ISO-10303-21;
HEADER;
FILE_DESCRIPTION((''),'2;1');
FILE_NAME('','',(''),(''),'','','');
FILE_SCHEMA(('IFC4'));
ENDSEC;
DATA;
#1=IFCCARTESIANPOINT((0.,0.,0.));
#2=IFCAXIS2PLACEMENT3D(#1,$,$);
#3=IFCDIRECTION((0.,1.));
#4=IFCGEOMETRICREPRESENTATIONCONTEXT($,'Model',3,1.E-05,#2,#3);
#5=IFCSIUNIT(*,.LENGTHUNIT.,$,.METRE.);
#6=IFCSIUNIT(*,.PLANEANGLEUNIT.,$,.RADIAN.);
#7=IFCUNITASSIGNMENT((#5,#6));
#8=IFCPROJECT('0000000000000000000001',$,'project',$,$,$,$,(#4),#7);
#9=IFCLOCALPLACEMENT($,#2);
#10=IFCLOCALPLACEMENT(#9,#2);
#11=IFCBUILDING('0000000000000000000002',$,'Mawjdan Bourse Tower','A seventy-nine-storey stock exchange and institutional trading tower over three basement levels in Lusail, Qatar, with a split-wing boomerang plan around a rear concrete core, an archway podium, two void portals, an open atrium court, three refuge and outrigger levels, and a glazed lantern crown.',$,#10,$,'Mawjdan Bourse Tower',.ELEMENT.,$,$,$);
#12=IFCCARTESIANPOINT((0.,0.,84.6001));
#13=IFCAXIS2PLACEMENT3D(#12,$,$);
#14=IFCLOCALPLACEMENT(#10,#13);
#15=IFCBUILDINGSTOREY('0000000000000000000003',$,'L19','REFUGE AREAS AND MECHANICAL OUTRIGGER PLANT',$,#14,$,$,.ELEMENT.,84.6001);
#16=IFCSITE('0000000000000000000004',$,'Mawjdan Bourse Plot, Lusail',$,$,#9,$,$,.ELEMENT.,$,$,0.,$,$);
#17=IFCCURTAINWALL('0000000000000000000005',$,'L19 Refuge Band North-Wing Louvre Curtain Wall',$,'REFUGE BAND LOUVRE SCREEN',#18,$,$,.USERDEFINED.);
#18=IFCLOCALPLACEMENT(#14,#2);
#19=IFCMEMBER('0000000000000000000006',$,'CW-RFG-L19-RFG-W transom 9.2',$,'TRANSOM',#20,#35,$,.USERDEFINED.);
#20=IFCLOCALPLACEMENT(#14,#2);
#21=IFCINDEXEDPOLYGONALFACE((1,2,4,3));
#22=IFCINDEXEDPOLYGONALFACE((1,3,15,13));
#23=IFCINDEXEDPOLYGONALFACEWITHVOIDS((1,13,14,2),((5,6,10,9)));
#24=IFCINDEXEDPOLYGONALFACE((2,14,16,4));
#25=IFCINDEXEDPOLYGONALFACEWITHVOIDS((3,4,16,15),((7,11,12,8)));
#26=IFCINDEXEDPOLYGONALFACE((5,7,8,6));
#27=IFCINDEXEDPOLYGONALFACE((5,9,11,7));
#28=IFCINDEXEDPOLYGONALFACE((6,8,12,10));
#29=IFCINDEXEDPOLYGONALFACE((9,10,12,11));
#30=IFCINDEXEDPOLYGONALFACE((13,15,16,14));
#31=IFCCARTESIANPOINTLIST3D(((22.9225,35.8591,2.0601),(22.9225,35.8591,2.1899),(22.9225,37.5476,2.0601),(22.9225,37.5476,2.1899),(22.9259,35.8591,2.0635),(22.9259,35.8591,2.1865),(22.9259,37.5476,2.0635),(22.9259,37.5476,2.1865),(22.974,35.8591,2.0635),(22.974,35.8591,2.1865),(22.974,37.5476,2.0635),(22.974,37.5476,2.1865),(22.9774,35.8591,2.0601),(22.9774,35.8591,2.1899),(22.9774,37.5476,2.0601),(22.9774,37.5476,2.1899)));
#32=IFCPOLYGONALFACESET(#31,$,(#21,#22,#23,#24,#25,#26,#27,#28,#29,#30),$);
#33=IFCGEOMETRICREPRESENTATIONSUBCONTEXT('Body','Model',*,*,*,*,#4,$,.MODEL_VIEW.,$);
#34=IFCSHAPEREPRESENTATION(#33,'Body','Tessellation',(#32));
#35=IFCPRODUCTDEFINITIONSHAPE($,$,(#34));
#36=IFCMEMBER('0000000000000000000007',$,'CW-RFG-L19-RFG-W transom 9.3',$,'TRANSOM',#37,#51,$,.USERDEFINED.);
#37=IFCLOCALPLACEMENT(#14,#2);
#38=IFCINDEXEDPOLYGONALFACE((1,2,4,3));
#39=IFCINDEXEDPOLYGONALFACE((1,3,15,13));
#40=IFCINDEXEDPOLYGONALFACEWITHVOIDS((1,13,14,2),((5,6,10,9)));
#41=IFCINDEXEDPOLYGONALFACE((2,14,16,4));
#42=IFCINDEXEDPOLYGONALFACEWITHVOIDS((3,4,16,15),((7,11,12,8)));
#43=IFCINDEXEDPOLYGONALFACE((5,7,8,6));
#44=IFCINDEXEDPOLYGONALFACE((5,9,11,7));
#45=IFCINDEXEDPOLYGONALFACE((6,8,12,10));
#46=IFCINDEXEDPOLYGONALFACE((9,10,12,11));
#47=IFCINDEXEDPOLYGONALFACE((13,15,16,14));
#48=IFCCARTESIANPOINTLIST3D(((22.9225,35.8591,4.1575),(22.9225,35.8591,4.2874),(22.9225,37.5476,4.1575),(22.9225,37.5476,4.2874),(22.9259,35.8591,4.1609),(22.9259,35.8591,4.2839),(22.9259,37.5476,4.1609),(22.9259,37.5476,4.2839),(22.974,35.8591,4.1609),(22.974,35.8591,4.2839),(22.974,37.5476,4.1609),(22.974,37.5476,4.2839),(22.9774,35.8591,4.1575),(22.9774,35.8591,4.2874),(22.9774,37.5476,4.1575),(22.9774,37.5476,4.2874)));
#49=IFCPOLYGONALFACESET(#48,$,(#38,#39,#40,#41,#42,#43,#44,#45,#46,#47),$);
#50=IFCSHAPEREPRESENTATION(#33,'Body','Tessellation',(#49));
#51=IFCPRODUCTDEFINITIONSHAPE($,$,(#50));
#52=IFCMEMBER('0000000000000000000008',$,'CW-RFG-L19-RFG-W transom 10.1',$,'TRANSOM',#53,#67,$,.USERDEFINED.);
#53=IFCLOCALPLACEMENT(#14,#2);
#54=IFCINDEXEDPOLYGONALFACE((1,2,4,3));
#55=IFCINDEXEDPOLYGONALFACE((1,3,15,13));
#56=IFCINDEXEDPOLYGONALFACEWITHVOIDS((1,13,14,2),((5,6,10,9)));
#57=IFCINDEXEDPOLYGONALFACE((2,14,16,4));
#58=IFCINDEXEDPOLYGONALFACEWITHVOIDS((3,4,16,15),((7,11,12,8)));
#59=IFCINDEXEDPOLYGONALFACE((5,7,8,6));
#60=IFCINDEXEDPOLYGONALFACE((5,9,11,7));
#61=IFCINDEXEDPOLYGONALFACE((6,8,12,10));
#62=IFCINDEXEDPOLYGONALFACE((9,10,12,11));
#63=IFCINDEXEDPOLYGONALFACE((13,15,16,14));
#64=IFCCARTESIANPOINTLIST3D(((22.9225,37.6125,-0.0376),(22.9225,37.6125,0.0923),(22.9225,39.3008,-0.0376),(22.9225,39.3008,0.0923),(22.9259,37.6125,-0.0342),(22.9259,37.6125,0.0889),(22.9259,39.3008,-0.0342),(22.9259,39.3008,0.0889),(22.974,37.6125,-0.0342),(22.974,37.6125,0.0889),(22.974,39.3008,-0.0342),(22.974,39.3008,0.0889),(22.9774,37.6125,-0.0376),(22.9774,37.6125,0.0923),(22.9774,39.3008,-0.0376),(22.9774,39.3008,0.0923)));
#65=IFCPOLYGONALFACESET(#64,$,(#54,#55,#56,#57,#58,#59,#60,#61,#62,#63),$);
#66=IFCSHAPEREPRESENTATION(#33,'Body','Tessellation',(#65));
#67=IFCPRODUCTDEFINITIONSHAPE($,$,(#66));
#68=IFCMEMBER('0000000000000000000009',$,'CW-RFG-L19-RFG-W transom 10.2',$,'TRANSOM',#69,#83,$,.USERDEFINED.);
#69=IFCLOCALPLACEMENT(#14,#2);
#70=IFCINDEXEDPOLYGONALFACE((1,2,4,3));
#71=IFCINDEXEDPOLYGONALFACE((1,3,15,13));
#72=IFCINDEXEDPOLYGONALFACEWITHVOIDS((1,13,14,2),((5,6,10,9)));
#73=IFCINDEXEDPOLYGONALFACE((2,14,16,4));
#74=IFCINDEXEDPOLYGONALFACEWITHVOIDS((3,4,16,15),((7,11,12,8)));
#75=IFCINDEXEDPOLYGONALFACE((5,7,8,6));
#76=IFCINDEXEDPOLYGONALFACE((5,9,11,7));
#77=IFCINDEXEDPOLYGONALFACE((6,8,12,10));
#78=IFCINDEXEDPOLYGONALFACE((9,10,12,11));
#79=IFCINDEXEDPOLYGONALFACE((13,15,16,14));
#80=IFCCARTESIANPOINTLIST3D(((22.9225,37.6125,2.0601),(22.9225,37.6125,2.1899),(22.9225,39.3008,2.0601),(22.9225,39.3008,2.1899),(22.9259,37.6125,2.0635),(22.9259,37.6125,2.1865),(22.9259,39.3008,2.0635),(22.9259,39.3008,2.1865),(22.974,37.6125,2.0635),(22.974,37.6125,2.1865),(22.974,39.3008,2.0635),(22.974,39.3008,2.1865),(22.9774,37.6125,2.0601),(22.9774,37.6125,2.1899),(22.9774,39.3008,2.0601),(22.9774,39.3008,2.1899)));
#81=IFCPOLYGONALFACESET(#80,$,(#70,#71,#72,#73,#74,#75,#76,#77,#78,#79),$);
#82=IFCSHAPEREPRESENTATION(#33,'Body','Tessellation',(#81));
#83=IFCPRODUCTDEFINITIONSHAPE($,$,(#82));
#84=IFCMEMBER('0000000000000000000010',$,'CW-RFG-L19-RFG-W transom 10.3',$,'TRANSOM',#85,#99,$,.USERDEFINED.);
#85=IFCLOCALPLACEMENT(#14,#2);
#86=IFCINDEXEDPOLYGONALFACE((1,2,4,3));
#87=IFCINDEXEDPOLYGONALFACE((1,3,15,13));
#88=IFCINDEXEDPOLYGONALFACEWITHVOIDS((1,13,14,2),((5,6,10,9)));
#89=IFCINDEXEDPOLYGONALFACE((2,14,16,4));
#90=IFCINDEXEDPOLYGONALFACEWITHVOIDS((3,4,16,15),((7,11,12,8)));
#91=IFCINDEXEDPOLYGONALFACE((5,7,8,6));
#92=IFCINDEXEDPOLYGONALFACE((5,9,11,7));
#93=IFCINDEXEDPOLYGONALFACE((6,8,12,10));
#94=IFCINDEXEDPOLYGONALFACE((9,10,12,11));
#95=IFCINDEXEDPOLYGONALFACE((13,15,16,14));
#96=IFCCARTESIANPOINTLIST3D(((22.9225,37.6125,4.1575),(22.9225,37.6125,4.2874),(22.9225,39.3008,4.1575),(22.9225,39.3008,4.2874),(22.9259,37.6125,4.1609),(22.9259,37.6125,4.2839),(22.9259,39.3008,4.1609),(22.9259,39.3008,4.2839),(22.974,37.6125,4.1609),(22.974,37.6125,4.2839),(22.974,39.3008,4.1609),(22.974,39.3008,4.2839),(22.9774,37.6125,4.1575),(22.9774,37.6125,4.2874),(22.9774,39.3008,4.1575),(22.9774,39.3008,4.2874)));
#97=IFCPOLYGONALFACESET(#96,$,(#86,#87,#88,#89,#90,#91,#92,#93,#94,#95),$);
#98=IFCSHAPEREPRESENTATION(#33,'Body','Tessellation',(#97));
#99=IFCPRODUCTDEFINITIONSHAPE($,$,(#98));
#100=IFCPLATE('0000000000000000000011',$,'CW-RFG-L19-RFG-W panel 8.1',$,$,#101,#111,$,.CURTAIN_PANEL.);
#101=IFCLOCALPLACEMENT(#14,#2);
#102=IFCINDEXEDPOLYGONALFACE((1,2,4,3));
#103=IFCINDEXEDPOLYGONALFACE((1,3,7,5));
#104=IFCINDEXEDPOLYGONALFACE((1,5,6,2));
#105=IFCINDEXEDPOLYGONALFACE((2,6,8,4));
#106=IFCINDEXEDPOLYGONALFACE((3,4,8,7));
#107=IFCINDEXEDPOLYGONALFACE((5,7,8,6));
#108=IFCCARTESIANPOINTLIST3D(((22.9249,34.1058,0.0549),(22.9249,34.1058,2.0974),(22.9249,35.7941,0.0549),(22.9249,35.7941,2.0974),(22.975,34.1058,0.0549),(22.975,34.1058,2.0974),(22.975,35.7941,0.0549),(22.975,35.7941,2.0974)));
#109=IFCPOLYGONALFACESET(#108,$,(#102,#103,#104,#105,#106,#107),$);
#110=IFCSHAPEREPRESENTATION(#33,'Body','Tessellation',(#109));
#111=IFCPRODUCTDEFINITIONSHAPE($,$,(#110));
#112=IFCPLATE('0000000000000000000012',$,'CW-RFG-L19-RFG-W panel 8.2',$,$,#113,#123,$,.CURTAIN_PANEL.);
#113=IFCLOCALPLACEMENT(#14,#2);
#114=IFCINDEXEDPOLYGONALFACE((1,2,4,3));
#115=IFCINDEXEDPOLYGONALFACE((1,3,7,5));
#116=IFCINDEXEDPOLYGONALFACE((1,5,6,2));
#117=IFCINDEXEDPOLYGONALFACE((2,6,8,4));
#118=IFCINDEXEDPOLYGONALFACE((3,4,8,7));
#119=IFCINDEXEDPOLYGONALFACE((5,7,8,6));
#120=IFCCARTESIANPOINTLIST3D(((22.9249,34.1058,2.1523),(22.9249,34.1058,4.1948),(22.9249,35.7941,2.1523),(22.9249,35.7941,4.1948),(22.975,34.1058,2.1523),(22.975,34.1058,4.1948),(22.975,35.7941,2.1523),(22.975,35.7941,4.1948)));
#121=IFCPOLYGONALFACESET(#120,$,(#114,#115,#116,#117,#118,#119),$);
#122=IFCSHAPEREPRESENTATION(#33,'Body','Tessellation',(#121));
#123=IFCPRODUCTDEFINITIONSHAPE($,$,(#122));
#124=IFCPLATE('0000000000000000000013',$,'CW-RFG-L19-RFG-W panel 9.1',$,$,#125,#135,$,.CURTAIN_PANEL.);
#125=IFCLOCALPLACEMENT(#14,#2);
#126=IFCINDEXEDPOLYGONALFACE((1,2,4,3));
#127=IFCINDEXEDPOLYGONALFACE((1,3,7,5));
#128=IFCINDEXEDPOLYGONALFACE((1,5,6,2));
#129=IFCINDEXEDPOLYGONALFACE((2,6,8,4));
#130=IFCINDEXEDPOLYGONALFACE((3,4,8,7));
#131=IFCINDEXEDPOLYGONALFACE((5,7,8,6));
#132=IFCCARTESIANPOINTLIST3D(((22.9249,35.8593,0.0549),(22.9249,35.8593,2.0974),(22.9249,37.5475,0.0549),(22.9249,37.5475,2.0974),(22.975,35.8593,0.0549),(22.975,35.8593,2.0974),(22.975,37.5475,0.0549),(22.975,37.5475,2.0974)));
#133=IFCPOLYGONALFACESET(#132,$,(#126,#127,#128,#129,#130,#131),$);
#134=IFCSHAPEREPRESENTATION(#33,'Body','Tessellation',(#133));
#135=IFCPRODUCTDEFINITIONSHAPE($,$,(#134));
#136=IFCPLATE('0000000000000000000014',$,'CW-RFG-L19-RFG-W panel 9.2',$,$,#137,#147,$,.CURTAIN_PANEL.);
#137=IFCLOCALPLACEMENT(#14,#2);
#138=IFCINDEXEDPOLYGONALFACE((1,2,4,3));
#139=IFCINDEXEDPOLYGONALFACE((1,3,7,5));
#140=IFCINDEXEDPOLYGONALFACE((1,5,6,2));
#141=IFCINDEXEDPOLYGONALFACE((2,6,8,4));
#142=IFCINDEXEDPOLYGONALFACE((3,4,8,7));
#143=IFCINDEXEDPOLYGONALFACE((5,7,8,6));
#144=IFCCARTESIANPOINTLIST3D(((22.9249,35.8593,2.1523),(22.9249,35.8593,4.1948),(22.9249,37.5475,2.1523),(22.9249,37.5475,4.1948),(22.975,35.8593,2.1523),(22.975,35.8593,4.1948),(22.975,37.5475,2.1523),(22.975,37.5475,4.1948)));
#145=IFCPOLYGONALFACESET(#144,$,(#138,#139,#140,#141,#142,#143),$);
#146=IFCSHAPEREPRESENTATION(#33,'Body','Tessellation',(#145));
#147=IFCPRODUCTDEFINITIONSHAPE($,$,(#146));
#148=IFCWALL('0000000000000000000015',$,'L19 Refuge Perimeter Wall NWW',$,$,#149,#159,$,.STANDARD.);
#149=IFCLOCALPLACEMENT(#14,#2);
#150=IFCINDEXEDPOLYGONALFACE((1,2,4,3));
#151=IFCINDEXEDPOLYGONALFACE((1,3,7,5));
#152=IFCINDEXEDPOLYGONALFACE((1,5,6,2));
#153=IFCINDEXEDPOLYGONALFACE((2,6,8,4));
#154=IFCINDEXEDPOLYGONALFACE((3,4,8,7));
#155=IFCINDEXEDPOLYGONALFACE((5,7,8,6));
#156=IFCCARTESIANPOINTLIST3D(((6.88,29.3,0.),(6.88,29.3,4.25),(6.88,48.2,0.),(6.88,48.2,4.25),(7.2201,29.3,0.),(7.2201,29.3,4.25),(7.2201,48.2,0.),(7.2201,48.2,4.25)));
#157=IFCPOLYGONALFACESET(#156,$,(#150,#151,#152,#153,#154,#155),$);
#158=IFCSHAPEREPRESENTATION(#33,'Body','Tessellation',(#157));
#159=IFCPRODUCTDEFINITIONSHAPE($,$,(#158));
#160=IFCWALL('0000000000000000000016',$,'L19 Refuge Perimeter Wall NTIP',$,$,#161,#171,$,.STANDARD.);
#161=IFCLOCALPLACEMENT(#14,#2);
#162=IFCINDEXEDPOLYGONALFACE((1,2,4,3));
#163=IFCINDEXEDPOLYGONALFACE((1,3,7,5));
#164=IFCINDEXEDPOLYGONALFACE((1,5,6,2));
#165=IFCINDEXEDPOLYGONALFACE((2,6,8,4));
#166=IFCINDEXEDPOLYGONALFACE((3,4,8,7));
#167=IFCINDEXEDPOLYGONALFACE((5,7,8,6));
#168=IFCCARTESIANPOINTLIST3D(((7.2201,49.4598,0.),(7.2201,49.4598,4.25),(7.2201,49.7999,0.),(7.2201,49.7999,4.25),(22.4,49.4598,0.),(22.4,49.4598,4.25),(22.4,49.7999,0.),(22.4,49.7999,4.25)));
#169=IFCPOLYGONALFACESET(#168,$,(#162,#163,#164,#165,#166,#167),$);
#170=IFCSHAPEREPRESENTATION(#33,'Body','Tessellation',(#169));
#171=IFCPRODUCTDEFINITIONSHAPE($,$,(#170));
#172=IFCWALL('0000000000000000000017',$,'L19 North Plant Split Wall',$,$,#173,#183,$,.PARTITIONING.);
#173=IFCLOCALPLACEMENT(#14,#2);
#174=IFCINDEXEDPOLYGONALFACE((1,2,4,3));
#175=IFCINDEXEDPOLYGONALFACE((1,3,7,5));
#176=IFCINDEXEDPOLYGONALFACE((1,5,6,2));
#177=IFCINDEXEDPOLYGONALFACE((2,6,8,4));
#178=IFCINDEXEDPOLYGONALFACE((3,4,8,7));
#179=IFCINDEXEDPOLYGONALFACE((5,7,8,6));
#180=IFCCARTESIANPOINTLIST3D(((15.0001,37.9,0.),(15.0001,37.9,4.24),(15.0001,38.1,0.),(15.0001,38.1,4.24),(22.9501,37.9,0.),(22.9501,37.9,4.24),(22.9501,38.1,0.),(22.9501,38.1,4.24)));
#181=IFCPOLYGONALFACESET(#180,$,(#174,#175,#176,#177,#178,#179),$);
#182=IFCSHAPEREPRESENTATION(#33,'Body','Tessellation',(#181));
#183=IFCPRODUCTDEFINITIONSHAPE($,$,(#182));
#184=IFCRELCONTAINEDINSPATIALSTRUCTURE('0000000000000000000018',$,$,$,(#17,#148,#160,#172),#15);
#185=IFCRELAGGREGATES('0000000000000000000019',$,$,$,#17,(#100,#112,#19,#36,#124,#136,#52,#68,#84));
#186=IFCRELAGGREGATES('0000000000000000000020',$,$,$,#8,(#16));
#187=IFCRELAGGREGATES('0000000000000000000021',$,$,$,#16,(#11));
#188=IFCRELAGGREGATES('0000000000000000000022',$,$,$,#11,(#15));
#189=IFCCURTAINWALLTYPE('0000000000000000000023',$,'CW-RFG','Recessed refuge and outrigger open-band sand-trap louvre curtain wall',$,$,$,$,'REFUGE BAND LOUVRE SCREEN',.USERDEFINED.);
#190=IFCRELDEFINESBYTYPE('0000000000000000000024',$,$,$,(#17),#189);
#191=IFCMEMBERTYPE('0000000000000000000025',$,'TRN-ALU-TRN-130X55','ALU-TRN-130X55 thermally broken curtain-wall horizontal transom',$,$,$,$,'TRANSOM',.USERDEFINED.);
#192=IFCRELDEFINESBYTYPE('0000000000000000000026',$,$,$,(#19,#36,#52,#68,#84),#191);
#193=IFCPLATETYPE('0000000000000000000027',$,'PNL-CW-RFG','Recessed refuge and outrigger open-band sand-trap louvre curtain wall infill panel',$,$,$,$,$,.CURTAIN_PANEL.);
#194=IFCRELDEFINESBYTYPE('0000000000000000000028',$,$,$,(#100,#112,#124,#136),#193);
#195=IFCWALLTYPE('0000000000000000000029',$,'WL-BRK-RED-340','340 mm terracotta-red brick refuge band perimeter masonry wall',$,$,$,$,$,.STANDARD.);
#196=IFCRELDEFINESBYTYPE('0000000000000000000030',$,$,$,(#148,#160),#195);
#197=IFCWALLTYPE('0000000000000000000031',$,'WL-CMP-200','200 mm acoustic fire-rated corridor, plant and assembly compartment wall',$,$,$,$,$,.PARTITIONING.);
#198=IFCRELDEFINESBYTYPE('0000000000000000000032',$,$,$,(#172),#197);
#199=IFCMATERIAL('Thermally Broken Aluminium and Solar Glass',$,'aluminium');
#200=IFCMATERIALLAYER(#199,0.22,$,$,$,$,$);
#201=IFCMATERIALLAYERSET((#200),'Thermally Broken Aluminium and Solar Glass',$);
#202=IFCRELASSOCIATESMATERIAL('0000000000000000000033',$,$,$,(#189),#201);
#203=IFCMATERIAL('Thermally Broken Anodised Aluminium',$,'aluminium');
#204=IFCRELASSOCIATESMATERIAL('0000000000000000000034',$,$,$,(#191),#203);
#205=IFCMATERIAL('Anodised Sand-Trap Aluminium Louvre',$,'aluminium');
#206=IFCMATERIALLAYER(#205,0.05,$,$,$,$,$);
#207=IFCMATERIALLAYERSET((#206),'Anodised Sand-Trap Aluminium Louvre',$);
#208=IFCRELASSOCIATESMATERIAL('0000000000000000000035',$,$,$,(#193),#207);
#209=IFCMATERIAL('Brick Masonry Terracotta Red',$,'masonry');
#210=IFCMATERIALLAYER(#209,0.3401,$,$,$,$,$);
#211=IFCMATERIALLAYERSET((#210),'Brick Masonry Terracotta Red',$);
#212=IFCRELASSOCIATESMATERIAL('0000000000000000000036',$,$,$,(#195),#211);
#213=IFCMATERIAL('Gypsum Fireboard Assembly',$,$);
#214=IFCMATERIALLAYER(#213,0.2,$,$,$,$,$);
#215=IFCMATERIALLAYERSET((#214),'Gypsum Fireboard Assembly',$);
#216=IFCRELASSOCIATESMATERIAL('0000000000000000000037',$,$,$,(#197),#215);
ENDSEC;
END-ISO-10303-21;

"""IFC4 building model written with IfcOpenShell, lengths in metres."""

from ifc_helpers import new_model, si_unit, direction, frame, frame_2d, origin, origin_2d, place, context, subcontext, project, spatial, rectangle, hollow_rectangle, extrude, material, layer, layer_set, material_profile, profile_set, type_object, element, aggregate, save


model = new_model("IFC4")

# Units and contexts
model_context = context("Model", 3, precision=1e-05, world=origin(), true_north=direction((0.0, 1.0)))
body_context = subcontext(model_context, "Body", "Model", "MODEL_VIEW")
ifc_project = project(units=[si_unit("LENGTHUNIT", "METRE"), si_unit("PLANEANGLEUNIT", "RADIAN")], contexts=[model_context])

# Site, building, storey
site_placement = place(None, origin())
site = spatial("IfcSite", under=ifc_project, at=site_placement, Name="Mawjdan Bourse Plot, Lusail", CompositionType="ELEMENT", RefElevation=0.0)
building_placement = place(site_placement, origin())
building = spatial("IfcBuilding", under=site, at=building_placement, Name="Mawjdan Bourse Tower", Description="A seventy-nine-storey stock exchange and institutional trading tower over three basement levels in Lusail, Qatar, with a split-wing boomerang plan around a rear concrete core, an archway podium, two void portals, an open atrium court, three refuge and outrigger levels, and a glazed lantern crown.", LongName="Mawjdan Bourse Tower", CompositionType="ELEMENT")
storey_placement = place(building_placement, frame((0.0, 0.0, 84.6001)))
storey = spatial("IfcBuildingStorey", under=building, at=storey_placement, Name="L19", Description="REFUGE AREAS AND MECHANICAL OUTRIGGER PLANT", CompositionType="ELEMENT", Elevation=84.6001)

# Curtain wall
ifc_material_1 = material(Name="Thermally Broken Aluminium and Solar Glass", Category="aluminium")
ifc_layer_1 = layer(ifc_material_1, 0.22)
ifc_layer_set_1 = layer_set([ifc_layer_1], Name="Thermally Broken Aluminium and Solar Glass")
curtain_wall_type = type_object("IfcCurtainWallType", Name="CW-RFG", Description="Recessed refuge and outrigger open-band sand-trap louvre curtain wall", ElementType="REFUGE BAND LOUVRE SCREEN", PredefinedType="USERDEFINED", material=ifc_layer_set_1)
curtain_wall_placement = place(storey_placement, origin())
curtain_wall = element("IfcCurtainWall", 1, at=curtain_wall_placement, inside=storey, type_object=curtain_wall_type, Name="L19 Refuge Band North-Wing Louvre Curtain Wall", ObjectType="REFUGE BAND LOUVRE SCREEN", PredefinedType="USERDEFINED")
ifc_material_2 = material(Name="Thermally Broken Anodised Aluminium", Category="aluminium")

# Members
ifc_material_profile_1 = material_profile(ifc_material_2, hollow_rectangle(XDim=0.0549, YDim=0.1299, WallThickness=0.0034, at=origin_2d()), Name="ALU-TRN-130X55")
ifc_profile_set_1 = profile_set([ifc_material_profile_1], Name="Thermally Broken Anodised Aluminium")
member_type_1 = type_object("IfcMemberType", Name="TRN-ALU-TRN-130X55", Description="ALU-TRN-130X55 thermally broken curtain-wall horizontal transom", ElementType="TRANSOM", PredefinedType="USERDEFINED", material=ifc_profile_set_1)
member_1_placement = place(storey_placement, frame((22.95, 35.8591, 2.125), z_axis=(0.0, 1.0, 0.0), x_axis=(-1.0, 0.0, 0.0)))
member_1 = element("IfcMember", 2, at=member_1_placement, type_object=member_type_1, Name="CW-RFG-L19-RFG-W transom 9.2", ObjectType="TRANSOM", PredefinedType="USERDEFINED", context=body_context, shape_type="SweptSolid", body=[
    extrude(hollow_rectangle(XDim=0.0549, YDim=0.1299, WallThickness=0.0034, at=origin_2d()), origin(), (0.0, 0.0, 1.0), 1.6885),
])
member_2_placement = place(storey_placement, frame((22.95, 35.8591, 4.2224), z_axis=(0.0, 1.0, 0.0), x_axis=(-1.0, 0.0, 0.0)))
member_2 = element("IfcMember", 3, at=member_2_placement, type_object=member_type_1, Name="CW-RFG-L19-RFG-W transom 9.3", ObjectType="TRANSOM", PredefinedType="USERDEFINED", context=body_context, shape_type="SweptSolid", body=[
    extrude(hollow_rectangle(XDim=0.0549, YDim=0.1299, WallThickness=0.0034, at=origin_2d()), origin(), (0.0, 0.0, 1.0), 1.6885),
])
member_3_placement = place(storey_placement, frame((22.95, 37.6125, 0.0273), z_axis=(0.0, 1.0, 0.0), x_axis=(-1.0, 0.0, 0.0)))
member_3 = element("IfcMember", 4, at=member_3_placement, type_object=member_type_1, Name="CW-RFG-L19-RFG-W transom 10.1", ObjectType="TRANSOM", PredefinedType="USERDEFINED", context=body_context, shape_type="SweptSolid", body=[
    extrude(hollow_rectangle(XDim=0.0549, YDim=0.1299, WallThickness=0.0034, at=origin_2d()), origin(), (0.0, 0.0, 1.0), 1.6882),
])
member_4_placement = place(storey_placement, frame((22.95, 37.6125, 2.125), z_axis=(0.0, 1.0, 0.0), x_axis=(-1.0, 0.0, 0.0)))
member_4 = element("IfcMember", 5, at=member_4_placement, type_object=member_type_1, Name="CW-RFG-L19-RFG-W transom 10.2", ObjectType="TRANSOM", PredefinedType="USERDEFINED", context=body_context, shape_type="SweptSolid", body=[
    extrude(hollow_rectangle(XDim=0.0549, YDim=0.1299, WallThickness=0.0034, at=origin_2d()), origin(), (0.0, 0.0, 1.0), 1.6882),
])
member_5_placement = place(storey_placement, frame((22.95, 37.6125, 4.2224), z_axis=(0.0, 1.0, 0.0), x_axis=(-1.0, 0.0, 0.0)))
member_5 = element("IfcMember", 6, at=member_5_placement, type_object=member_type_1, Name="CW-RFG-L19-RFG-W transom 10.3", ObjectType="TRANSOM", PredefinedType="USERDEFINED", context=body_context, shape_type="SweptSolid", body=[
    extrude(hollow_rectangle(XDim=0.0549, YDim=0.1299, WallThickness=0.0034, at=origin_2d()), origin(), (0.0, 0.0, 1.0), 1.6882),
])

# Plates
ifc_material_3 = material(Name="Anodised Sand-Trap Aluminium Louvre", Category="aluminium")
ifc_layer_2 = layer(ifc_material_3, 0.05)
ifc_layer_set_2 = layer_set([ifc_layer_2], Name="Anodised Sand-Trap Aluminium Louvre")
plate_type = type_object("IfcPlateType", Name="PNL-CW-RFG", Description="Recessed refuge and outrigger open-band sand-trap louvre curtain wall infill panel", PredefinedType="CURTAIN_PANEL", material=ifc_layer_set_2)
plate_1_placement = place(storey_placement, frame((22.95, 34.95, 0.0549), z_axis=(0.0, 0.0, 1.0), x_axis=(0.0, 1.0, 0.0)))
plate_1 = element("IfcPlate", 7, at=plate_1_placement, type_object=plate_type, Name="CW-RFG-L19-RFG-W panel 8.1", PredefinedType="CURTAIN_PANEL", context=body_context, shape_type="SweptSolid", body=[
    extrude(rectangle(XDim=1.6882, YDim=0.05, at=origin_2d()), origin(), (0.0, 0.0, 1.0), 2.0425),
])
plate_2_placement = place(storey_placement, frame((22.95, 34.95, 2.1523), z_axis=(0.0, 0.0, 1.0), x_axis=(0.0, 1.0, 0.0)))
plate_2 = element("IfcPlate", 8, at=plate_2_placement, type_object=plate_type, Name="CW-RFG-L19-RFG-W panel 8.2", PredefinedType="CURTAIN_PANEL", context=body_context, shape_type="SweptSolid", body=[
    extrude(rectangle(XDim=1.6882, YDim=0.05, at=origin_2d()), origin(), (0.0, 0.0, 1.0), 2.0425),
])
plate_3_placement = place(storey_placement, frame((22.95, 36.7034, 0.0549), z_axis=(0.0, 0.0, 1.0), x_axis=(0.0, 1.0, 0.0)))
plate_3 = element("IfcPlate", 9, at=plate_3_placement, type_object=plate_type, Name="CW-RFG-L19-RFG-W panel 9.1", PredefinedType="CURTAIN_PANEL", context=body_context, shape_type="SweptSolid", body=[
    extrude(rectangle(XDim=1.6882, YDim=0.05, at=origin_2d()), origin(), (0.0, 0.0, 1.0), 2.0425),
])
plate_4_placement = place(storey_placement, frame((22.95, 36.7034, 2.1523), z_axis=(0.0, 0.0, 1.0), x_axis=(0.0, 1.0, 0.0)))
plate_4 = element("IfcPlate", 10, at=plate_4_placement, type_object=plate_type, Name="CW-RFG-L19-RFG-W panel 9.2", PredefinedType="CURTAIN_PANEL", context=body_context, shape_type="SweptSolid", body=[
    extrude(rectangle(XDim=1.6882, YDim=0.05, at=origin_2d()), origin(), (0.0, 0.0, 1.0), 2.0425),
])
aggregate(curtain_wall, [plate_1, plate_2, member_1, member_2, plate_3, plate_4, member_3, member_4, member_5])

# Walls
ifc_material_4 = material(Name="Brick Masonry Terracotta Red", Category="masonry")
ifc_layer_3 = layer(ifc_material_4, 0.3401)
ifc_layer_set_3 = layer_set([ifc_layer_3], Name="Brick Masonry Terracotta Red")
wall_type_1 = type_object("IfcWallType", Name="WL-BRK-RED-340", Description="340 mm terracotta-red brick refuge band perimeter masonry wall", PredefinedType="STANDARD", material=ifc_layer_set_3)
wall_1_placement = place(storey_placement, frame((7.05, 48.2, 0.0), z_axis=(0.0, 0.0, 1.0), x_axis=(0.0, -1.0, 0.0)))
element("IfcWall", 11, at=wall_1_placement, inside=storey, type_object=wall_type_1, Name="L19 Refuge Perimeter Wall NWW", PredefinedType="STANDARD", context=body_context, shape_type="SweptSolid", body=[
    extrude(rectangle(XDim=18.8999, YDim=0.3401, at=frame_2d((9.45, 0.0))), origin(), (0.0, 0.0, 1.0), 4.25),
])
wall_2_placement = place(storey_placement, frame((22.3999, 49.6299, 0.0), z_axis=(0.0, 0.0, 1.0), x_axis=(-1.0, 0.0, 0.0)))
element("IfcWall", 12, at=wall_2_placement, inside=storey, type_object=wall_type_1, Name="L19 Refuge Perimeter Wall NTIP", PredefinedType="STANDARD", context=body_context, shape_type="SweptSolid", body=[
    extrude(rectangle(XDim=15.1799, YDim=0.3401, at=frame_2d((7.5898, 0.0))), origin(), (0.0, 0.0, 1.0), 4.25),
])
ifc_material_5 = material(Name="Gypsum Fireboard Assembly")
ifc_layer_4 = layer(ifc_material_5, 0.2)
ifc_layer_set_4 = layer_set([ifc_layer_4], Name="Gypsum Fireboard Assembly")
wall_type_2 = type_object("IfcWallType", Name="WL-CMP-200", Description="200 mm acoustic fire-rated corridor, plant and assembly compartment wall", PredefinedType="PARTITIONING", material=ifc_layer_set_4)
wall_3_placement = place(storey_placement, frame((15.0, 38.0, 0.0), z_axis=(0.0, 0.0, 1.0), x_axis=(1.0, 0.0, 0.0)))
element("IfcWall", 13, at=wall_3_placement, inside=storey, type_object=wall_type_2, Name="L19 North Plant Split Wall", PredefinedType="PARTITIONING", context=body_context, shape_type="SweptSolid", body=[
    extrude(rectangle(XDim=7.95, YDim=0.2, at=frame_2d((3.9751, 0.0))), origin(), (0.0, 0.0, 1.0), 4.24),
])

save(model, "model.ifc")
